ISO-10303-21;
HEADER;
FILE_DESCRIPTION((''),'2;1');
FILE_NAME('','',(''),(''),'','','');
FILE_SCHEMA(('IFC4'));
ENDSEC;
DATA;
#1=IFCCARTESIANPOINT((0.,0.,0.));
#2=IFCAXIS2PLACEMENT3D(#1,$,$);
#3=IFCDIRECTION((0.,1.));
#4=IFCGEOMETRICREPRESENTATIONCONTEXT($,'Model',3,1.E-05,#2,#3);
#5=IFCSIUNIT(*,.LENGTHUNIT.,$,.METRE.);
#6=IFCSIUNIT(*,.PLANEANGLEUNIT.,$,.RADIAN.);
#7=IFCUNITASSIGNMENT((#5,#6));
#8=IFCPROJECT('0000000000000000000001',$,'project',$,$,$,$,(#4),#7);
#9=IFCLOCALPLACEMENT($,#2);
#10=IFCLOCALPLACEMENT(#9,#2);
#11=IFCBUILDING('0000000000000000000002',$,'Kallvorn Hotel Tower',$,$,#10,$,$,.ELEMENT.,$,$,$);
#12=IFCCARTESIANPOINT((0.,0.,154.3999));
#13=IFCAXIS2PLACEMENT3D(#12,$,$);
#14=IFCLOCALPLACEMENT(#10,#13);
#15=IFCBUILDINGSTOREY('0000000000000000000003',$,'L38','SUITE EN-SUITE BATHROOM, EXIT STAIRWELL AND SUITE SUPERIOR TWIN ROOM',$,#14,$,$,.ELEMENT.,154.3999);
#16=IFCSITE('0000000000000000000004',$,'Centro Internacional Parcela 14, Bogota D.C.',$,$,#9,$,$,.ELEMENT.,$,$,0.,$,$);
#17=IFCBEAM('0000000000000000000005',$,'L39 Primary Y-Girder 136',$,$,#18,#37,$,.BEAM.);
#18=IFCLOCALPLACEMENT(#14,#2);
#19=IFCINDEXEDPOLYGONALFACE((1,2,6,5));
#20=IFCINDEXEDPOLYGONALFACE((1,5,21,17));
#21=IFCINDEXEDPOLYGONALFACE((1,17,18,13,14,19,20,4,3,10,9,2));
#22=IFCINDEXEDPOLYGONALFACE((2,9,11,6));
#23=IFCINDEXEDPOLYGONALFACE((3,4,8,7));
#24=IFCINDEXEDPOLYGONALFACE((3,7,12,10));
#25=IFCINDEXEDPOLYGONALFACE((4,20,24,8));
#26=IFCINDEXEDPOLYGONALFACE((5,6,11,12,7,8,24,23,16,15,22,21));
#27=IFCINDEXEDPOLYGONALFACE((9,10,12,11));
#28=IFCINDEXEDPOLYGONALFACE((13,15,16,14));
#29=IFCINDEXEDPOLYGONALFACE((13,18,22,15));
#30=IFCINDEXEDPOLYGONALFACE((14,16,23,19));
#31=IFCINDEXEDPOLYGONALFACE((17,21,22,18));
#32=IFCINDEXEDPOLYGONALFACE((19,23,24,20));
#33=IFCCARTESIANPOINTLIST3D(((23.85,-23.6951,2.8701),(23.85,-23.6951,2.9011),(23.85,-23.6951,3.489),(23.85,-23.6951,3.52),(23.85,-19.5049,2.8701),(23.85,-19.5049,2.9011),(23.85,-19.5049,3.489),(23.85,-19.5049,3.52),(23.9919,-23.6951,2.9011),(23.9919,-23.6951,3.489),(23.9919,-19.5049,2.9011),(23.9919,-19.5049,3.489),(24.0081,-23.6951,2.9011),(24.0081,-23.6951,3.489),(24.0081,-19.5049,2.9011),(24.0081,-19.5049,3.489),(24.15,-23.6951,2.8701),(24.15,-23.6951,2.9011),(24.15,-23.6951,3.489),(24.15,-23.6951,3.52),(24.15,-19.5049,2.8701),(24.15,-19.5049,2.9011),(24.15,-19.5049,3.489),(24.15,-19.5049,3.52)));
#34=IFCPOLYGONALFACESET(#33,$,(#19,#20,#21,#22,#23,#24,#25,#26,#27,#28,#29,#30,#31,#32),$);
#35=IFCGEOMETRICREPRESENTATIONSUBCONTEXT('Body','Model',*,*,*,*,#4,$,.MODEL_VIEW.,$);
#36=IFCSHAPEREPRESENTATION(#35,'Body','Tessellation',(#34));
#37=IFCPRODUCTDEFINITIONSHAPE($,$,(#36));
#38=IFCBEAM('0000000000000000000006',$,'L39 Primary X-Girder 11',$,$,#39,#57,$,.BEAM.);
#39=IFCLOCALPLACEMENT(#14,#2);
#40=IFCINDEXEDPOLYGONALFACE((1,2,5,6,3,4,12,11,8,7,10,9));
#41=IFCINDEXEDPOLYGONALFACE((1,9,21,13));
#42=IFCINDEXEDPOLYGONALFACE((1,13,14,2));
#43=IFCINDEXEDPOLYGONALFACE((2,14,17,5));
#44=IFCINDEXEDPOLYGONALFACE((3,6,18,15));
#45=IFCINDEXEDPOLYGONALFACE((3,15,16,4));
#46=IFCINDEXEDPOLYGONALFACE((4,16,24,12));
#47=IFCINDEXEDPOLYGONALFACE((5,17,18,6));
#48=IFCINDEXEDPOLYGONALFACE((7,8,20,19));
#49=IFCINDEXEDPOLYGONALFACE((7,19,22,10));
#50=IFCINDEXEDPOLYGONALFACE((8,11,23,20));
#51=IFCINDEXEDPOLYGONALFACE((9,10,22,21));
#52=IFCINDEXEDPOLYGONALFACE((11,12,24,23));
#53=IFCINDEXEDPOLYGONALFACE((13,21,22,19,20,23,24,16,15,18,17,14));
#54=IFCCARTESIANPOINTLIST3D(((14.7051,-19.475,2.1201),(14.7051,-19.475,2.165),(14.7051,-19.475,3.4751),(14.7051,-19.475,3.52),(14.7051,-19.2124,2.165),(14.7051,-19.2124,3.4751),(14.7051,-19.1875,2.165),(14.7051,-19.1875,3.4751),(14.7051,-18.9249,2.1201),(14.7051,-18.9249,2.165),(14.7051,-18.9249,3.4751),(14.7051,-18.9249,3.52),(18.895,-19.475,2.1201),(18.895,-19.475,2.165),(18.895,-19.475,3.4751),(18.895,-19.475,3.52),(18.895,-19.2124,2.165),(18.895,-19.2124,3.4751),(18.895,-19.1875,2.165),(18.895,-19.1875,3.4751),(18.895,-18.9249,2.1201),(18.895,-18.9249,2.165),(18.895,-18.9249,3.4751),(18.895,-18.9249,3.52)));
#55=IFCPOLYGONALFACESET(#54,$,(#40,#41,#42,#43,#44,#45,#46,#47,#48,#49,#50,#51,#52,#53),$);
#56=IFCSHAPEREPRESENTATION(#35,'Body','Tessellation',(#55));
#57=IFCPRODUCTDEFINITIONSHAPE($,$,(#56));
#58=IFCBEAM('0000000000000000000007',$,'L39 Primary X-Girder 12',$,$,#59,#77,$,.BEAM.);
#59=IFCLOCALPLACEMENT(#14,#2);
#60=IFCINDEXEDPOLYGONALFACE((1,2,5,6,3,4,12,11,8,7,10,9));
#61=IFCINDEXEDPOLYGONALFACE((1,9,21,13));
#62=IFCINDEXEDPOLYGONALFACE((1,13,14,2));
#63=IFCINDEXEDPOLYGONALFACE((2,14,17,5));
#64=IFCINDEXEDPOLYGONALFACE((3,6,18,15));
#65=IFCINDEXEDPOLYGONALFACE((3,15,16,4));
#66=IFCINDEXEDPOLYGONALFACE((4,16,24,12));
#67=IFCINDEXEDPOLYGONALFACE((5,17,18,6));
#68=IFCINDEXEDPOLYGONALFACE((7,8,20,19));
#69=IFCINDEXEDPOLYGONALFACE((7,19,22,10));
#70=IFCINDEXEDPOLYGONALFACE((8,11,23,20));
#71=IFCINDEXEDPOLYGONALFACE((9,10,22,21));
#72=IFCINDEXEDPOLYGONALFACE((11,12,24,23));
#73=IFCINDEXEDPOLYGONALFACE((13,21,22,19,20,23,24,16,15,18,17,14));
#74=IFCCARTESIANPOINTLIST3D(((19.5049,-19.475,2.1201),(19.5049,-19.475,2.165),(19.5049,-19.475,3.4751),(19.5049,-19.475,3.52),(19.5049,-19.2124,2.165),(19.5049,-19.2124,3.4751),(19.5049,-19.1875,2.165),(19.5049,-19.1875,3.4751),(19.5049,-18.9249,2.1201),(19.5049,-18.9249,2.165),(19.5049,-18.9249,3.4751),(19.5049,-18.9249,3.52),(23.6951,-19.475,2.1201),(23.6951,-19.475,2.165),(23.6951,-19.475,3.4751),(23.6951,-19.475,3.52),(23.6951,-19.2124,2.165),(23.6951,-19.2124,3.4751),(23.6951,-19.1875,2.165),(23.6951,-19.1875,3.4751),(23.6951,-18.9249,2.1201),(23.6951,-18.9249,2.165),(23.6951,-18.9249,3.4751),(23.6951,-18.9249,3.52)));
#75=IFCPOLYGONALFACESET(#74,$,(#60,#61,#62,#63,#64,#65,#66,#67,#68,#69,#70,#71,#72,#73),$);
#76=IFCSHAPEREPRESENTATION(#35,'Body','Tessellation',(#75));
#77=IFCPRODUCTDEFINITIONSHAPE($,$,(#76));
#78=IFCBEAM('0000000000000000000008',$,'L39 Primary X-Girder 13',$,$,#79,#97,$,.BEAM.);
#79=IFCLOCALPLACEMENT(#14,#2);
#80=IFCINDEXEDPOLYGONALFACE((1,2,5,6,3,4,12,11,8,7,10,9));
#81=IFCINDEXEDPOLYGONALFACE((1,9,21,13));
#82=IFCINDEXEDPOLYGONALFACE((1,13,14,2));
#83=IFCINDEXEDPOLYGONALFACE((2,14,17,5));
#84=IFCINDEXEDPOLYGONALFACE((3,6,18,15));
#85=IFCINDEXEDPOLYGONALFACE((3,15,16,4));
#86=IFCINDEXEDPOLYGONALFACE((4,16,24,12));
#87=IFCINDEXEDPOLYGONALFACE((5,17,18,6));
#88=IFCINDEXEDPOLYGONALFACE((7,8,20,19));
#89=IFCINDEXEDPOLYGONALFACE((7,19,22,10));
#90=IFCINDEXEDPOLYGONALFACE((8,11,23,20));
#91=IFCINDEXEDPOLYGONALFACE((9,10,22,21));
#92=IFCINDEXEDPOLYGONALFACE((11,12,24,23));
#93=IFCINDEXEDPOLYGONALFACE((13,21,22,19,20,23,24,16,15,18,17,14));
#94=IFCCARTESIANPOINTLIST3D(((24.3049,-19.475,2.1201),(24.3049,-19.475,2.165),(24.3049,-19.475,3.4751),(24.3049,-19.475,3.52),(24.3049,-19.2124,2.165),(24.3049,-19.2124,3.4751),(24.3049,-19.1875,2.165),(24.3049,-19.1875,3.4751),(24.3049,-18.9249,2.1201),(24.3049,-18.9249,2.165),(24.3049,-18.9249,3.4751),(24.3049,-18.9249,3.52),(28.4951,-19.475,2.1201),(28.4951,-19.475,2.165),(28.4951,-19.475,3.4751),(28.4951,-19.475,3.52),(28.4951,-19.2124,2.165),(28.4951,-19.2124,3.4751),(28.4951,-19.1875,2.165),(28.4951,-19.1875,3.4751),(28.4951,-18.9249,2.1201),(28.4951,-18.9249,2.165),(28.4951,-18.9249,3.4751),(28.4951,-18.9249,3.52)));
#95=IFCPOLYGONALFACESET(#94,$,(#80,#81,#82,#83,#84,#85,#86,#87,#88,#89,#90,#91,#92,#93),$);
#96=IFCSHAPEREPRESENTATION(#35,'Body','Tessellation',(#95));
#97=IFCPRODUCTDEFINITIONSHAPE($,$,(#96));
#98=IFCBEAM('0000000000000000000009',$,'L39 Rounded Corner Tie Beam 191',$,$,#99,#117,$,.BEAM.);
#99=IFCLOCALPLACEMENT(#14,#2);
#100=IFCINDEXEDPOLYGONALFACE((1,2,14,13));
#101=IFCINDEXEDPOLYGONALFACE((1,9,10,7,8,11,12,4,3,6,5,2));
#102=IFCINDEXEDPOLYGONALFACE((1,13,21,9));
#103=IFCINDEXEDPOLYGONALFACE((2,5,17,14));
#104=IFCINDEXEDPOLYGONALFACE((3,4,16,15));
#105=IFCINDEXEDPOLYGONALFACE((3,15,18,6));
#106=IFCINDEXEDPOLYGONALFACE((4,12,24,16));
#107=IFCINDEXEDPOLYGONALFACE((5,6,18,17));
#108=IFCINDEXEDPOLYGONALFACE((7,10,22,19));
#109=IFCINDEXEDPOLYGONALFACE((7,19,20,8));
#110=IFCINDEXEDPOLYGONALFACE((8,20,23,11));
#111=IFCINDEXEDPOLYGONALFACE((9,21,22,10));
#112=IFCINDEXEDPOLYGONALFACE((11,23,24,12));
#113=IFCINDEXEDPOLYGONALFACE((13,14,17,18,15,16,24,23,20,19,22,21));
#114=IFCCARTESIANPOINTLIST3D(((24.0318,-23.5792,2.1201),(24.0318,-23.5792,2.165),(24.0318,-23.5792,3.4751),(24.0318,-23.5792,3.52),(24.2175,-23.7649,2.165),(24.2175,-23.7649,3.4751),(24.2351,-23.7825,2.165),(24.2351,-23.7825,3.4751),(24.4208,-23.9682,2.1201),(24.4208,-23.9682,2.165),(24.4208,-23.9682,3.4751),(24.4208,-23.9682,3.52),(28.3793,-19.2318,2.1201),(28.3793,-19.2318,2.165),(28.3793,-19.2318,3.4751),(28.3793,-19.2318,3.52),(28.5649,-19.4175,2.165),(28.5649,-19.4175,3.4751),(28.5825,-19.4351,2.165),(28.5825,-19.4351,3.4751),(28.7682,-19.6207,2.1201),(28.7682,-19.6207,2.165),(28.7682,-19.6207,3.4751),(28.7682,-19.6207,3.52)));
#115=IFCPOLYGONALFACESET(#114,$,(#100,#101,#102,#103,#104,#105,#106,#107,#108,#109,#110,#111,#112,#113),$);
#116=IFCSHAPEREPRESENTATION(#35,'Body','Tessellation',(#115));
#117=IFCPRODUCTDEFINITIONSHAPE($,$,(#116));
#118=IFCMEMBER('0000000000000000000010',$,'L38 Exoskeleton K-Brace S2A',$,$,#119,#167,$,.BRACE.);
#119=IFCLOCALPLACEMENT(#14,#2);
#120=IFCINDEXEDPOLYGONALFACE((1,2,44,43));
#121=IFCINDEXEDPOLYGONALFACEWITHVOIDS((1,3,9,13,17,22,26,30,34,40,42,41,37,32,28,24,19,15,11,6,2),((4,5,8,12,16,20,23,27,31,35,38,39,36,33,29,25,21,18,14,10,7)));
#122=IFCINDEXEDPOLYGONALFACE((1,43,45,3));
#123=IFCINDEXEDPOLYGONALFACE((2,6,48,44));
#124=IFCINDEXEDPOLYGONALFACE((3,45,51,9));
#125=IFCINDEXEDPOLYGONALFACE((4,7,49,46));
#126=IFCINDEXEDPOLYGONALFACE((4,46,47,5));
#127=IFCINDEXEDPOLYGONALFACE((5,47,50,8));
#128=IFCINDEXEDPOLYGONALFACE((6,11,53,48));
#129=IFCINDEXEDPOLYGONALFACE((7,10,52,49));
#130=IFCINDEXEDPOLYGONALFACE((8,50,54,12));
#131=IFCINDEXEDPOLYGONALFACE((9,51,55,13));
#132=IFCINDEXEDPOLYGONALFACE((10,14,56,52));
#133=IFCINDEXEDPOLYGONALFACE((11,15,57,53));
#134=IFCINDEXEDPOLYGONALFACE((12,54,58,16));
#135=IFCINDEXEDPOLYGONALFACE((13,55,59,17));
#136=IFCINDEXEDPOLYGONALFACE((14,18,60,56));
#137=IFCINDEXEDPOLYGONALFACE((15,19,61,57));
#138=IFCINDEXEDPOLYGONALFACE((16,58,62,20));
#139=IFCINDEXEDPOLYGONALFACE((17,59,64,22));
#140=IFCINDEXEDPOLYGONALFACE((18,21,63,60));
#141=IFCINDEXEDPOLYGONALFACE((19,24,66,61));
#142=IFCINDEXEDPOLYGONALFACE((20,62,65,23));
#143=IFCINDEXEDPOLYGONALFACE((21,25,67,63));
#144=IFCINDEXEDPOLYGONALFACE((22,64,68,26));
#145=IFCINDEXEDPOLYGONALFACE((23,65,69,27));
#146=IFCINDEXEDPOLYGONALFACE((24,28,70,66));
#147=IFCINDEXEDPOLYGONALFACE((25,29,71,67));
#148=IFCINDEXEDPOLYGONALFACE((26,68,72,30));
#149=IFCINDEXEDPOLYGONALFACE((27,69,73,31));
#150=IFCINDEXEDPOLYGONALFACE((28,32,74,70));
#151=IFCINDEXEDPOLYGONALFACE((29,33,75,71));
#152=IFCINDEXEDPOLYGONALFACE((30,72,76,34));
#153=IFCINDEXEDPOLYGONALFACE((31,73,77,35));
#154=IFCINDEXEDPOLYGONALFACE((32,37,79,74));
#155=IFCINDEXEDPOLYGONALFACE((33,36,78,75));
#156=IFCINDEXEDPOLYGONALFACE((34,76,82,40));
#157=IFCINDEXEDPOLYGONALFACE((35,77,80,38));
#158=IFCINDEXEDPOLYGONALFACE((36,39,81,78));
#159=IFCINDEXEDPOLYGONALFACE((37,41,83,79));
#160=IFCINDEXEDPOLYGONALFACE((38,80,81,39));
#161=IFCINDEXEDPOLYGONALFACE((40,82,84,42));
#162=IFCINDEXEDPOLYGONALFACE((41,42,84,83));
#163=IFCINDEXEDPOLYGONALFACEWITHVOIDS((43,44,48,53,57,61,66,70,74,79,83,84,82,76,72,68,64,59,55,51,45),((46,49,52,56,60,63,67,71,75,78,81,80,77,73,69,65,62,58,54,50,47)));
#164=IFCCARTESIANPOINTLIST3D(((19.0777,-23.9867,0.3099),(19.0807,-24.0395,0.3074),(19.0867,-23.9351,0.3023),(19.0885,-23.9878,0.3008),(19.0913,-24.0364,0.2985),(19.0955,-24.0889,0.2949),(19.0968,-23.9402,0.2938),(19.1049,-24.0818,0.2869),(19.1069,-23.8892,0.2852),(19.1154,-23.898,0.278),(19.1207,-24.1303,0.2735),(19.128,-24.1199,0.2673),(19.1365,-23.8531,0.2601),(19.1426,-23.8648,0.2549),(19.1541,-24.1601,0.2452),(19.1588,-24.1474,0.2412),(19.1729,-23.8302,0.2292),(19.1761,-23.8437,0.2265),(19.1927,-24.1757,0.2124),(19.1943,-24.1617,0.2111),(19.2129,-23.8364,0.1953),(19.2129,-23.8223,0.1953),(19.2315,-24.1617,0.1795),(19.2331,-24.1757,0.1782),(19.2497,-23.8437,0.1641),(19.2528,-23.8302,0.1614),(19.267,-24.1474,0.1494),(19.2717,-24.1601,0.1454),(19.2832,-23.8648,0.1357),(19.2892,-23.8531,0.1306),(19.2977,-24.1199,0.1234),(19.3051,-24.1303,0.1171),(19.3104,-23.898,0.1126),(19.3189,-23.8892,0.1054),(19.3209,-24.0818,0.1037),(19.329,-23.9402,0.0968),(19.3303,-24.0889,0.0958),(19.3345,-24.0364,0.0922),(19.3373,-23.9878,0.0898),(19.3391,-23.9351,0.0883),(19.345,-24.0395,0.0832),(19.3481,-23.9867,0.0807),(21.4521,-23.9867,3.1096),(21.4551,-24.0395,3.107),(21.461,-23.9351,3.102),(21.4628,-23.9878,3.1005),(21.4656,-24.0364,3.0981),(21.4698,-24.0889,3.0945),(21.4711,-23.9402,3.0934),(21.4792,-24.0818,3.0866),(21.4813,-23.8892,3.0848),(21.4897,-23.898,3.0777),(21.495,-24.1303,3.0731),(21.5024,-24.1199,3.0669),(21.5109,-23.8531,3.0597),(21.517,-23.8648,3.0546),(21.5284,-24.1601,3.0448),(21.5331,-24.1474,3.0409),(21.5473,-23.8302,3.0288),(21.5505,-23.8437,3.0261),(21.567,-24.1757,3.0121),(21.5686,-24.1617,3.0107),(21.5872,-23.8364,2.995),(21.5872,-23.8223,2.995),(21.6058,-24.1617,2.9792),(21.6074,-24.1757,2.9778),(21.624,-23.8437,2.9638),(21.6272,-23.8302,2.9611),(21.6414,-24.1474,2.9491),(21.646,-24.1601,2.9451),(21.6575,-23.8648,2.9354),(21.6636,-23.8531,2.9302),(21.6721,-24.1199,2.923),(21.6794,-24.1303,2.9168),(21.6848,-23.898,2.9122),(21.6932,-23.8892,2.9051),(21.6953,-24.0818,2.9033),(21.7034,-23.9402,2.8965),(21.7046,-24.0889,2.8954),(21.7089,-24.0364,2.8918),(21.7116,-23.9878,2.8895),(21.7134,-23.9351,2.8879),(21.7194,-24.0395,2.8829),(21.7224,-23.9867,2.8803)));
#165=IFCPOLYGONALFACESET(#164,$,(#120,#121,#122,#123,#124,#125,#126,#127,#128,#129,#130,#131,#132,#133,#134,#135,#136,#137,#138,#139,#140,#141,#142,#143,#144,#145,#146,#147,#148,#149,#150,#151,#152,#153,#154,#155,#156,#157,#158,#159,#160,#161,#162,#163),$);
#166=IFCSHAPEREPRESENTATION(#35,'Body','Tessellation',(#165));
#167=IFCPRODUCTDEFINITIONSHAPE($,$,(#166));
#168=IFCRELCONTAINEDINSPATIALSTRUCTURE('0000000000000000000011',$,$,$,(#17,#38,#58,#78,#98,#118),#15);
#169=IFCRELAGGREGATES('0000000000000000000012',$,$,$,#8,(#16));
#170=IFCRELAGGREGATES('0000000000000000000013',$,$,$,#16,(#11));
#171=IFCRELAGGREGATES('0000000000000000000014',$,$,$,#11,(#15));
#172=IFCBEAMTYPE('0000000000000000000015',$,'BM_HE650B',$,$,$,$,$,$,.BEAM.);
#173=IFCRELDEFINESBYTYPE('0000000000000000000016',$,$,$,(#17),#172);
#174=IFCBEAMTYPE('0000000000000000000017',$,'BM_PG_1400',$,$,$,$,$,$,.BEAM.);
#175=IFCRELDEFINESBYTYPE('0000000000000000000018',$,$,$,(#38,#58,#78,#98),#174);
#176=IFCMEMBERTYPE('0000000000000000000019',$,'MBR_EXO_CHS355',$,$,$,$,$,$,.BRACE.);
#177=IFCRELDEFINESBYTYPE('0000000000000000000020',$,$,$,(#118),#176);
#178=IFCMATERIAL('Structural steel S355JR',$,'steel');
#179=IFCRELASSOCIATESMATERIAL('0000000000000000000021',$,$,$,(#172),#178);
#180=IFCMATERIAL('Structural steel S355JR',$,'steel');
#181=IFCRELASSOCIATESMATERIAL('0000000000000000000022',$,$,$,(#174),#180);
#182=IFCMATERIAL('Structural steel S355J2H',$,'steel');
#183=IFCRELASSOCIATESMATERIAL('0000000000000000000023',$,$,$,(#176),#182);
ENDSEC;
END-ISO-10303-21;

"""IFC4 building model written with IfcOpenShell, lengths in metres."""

from ifc_helpers import new_model, si_unit, direction, frame, origin, origin_2d, place, context, subcontext, project, spatial, hollow_circle, i_section, extrude, material, material_profile, profile_set, type_object, element, save


model = new_model("IFC4")

# Units and contexts
model_context = context("Model", 3, precision=1e-05, world=origin(), true_north=direction((0.0, 1.0)))
body_context = subcontext(model_context, "Body", "Model", "MODEL_VIEW")
ifc_project = project(units=[si_unit("LENGTHUNIT", "METRE"), si_unit("PLANEANGLEUNIT", "RADIAN")], contexts=[model_context])

# Site, building, storey
site_placement = place(None, origin())
site = spatial("IfcSite", under=ifc_project, at=site_placement, Name="Centro Internacional Parcela 14, Bogota D.C.", CompositionType="ELEMENT", RefElevation=0.0)
building_placement = place(site_placement, origin())
building = spatial("IfcBuilding", under=site, at=building_placement, Name="Kallvorn Hotel Tower", CompositionType="ELEMENT")
storey_placement = place(building_placement, frame((0.0, 0.0, 154.3999)))
storey = spatial("IfcBuildingStorey", under=building, at=storey_placement, Name="L38", Description="SUITE EN-SUITE BATHROOM, EXIT STAIRWELL AND SUITE SUPERIOR TWIN ROOM", CompositionType="ELEMENT", Elevation=154.3999)

# Beams
ifc_material_1 = material(Name="Structural steel S355JR", Category="steel")
ifc_material_profile_1 = material_profile(ifc_material_1, i_section(OverallWidth=0.3, OverallDepth=0.6499, WebThickness=0.0161, FlangeThickness=0.031, at=origin_2d()), Name="HE 650 B")
ifc_profile_set_1 = profile_set([ifc_material_profile_1], Name="Structural steel S355JR")
beam_type_1 = type_object("IfcBeamType", Name="BM_HE650B", PredefinedType="BEAM", material=ifc_profile_set_1)
for number, where, z_axis, x_axis, name in (
    (1, (24.0, -23.6951, 3.1951), (0.0, 1.0, 0.0), (-1.0, 0.0, 0.0), "L39 Primary Y-Girder 136"),
):
    element("IfcBeam", number, at=place(storey_placement, frame(where, z_axis=z_axis, x_axis=x_axis)), inside=storey, type_object=beam_type_1, Name=name, PredefinedType="BEAM", context=body_context, shape_type="SweptSolid", body=[
        extrude(i_section(OverallWidth=0.3, OverallDepth=0.6499, WebThickness=0.0161, FlangeThickness=0.031, at=origin_2d()), origin(), (0.0, 0.0, 1.0), 4.1902),
    ])
ifc_material_2 = material(Name="Structural steel S355JR", Category="steel")
ifc_material_profile_2 = material_profile(ifc_material_2, i_section(OverallWidth=0.55, OverallDepth=1.3999, WebThickness=0.0249, FlangeThickness=0.0449, at=origin_2d()), Name="PG 1400x550x25x45")
ifc_profile_set_2 = profile_set([ifc_material_profile_2], Name="Structural steel S355JR")
beam_type_2 = type_object("IfcBeamType", Name="BM_PG_1400", PredefinedType="BEAM", material=ifc_profile_set_2)
beam_1_placement = place(storey_placement, frame((14.7051, -19.2, 2.8201), z_axis=(1.0, 0.0, 0.0), x_axis=(0.0, 1.0, 0.0)))
element("IfcBeam", 2, at=beam_1_placement, inside=storey, type_object=beam_type_2, Name="L39 Primary X-Girder 11", PredefinedType="BEAM", context=body_context, shape_type="SweptSolid", body=[
    extrude(i_section(OverallWidth=0.55, OverallDepth=1.3999, WebThickness=0.0249, FlangeThickness=0.0449, at=origin_2d()), origin(), (0.0, 0.0, 1.0), 4.1899),
])
for number, where, z_axis, x_axis, name in (
    (3, (19.5049, -19.2, 2.8201), (1.0, 0.0, 0.0), (0.0, 1.0, 0.0), "L39 Primary X-Girder 12"),
    (4, (24.3049, -19.2, 2.8201), (1.0, 0.0, 0.0), (0.0, 1.0, 0.0), "L39 Primary X-Girder 13"),
):
    element("IfcBeam", number, at=place(storey_placement, frame(where, z_axis=z_axis, x_axis=x_axis)), inside=storey, type_object=beam_type_2, Name=name, PredefinedType="BEAM", context=body_context, shape_type="SweptSolid", body=[
        extrude(i_section(OverallWidth=0.55, OverallDepth=1.3999, WebThickness=0.0249, FlangeThickness=0.0449, at=origin_2d()), origin(), (0.0, 0.0, 1.0), 4.1902),
    ])
beam_2_placement = place(storey_placement, frame((28.5737, -19.4263, 2.8201), z_axis=(-0.707107, -0.707107, 0.0), x_axis=(0.707107, -0.707107, 0.0)))
element("IfcBeam", 5, at=beam_2_placement, inside=storey, type_object=beam_type_2, Name="L39 Rounded Corner Tie Beam 191", PredefinedType="BEAM", context=body_context, shape_type="SweptSolid", body=[
    extrude(i_section(OverallWidth=0.55, OverallDepth=1.3999, WebThickness=0.0249, FlangeThickness=0.0449, at=origin_2d()), origin(), (0.0, 0.0, 1.0), 6.1482),
])

# Member
ifc_material_3 = material(Name="Structural steel S355J2H", Category="steel")
ifc_material_profile_3 = material_profile(ifc_material_3, hollow_circle(Radius=0.1777, WallThickness=0.0142, at=origin_2d()), Name="CHS 355.6x14.2")
ifc_profile_set_3 = profile_set([ifc_material_profile_3], Name="Structural steel S355J2H")
member_type = type_object("IfcMemberType", Name="MBR_EXO_CHS355", PredefinedType="BRACE", material=ifc_profile_set_3)
for number, where, z_axis, x_axis, name in (
    (6, (19.2129, -24.0, 0.1953), (0.6468, 0.0, 0.762659), (0.0, 1.0, 0.0), "L38 Exoskeleton K-Brace S2A"),
):
    element("IfcMember", number, at=place(storey_placement, frame(where, z_axis=z_axis, x_axis=x_axis)), inside=storey, type_object=member_type, Name=name, PredefinedType="BRACE", context=body_context, shape_type="SweptSolid", body=[
        extrude(hollow_circle(Radius=0.1777, WallThickness=0.0142, at=origin_2d()), origin(), (0.0, 0.0, 1.0), 3.6709),
    ])

save(model, "model.ifc")
